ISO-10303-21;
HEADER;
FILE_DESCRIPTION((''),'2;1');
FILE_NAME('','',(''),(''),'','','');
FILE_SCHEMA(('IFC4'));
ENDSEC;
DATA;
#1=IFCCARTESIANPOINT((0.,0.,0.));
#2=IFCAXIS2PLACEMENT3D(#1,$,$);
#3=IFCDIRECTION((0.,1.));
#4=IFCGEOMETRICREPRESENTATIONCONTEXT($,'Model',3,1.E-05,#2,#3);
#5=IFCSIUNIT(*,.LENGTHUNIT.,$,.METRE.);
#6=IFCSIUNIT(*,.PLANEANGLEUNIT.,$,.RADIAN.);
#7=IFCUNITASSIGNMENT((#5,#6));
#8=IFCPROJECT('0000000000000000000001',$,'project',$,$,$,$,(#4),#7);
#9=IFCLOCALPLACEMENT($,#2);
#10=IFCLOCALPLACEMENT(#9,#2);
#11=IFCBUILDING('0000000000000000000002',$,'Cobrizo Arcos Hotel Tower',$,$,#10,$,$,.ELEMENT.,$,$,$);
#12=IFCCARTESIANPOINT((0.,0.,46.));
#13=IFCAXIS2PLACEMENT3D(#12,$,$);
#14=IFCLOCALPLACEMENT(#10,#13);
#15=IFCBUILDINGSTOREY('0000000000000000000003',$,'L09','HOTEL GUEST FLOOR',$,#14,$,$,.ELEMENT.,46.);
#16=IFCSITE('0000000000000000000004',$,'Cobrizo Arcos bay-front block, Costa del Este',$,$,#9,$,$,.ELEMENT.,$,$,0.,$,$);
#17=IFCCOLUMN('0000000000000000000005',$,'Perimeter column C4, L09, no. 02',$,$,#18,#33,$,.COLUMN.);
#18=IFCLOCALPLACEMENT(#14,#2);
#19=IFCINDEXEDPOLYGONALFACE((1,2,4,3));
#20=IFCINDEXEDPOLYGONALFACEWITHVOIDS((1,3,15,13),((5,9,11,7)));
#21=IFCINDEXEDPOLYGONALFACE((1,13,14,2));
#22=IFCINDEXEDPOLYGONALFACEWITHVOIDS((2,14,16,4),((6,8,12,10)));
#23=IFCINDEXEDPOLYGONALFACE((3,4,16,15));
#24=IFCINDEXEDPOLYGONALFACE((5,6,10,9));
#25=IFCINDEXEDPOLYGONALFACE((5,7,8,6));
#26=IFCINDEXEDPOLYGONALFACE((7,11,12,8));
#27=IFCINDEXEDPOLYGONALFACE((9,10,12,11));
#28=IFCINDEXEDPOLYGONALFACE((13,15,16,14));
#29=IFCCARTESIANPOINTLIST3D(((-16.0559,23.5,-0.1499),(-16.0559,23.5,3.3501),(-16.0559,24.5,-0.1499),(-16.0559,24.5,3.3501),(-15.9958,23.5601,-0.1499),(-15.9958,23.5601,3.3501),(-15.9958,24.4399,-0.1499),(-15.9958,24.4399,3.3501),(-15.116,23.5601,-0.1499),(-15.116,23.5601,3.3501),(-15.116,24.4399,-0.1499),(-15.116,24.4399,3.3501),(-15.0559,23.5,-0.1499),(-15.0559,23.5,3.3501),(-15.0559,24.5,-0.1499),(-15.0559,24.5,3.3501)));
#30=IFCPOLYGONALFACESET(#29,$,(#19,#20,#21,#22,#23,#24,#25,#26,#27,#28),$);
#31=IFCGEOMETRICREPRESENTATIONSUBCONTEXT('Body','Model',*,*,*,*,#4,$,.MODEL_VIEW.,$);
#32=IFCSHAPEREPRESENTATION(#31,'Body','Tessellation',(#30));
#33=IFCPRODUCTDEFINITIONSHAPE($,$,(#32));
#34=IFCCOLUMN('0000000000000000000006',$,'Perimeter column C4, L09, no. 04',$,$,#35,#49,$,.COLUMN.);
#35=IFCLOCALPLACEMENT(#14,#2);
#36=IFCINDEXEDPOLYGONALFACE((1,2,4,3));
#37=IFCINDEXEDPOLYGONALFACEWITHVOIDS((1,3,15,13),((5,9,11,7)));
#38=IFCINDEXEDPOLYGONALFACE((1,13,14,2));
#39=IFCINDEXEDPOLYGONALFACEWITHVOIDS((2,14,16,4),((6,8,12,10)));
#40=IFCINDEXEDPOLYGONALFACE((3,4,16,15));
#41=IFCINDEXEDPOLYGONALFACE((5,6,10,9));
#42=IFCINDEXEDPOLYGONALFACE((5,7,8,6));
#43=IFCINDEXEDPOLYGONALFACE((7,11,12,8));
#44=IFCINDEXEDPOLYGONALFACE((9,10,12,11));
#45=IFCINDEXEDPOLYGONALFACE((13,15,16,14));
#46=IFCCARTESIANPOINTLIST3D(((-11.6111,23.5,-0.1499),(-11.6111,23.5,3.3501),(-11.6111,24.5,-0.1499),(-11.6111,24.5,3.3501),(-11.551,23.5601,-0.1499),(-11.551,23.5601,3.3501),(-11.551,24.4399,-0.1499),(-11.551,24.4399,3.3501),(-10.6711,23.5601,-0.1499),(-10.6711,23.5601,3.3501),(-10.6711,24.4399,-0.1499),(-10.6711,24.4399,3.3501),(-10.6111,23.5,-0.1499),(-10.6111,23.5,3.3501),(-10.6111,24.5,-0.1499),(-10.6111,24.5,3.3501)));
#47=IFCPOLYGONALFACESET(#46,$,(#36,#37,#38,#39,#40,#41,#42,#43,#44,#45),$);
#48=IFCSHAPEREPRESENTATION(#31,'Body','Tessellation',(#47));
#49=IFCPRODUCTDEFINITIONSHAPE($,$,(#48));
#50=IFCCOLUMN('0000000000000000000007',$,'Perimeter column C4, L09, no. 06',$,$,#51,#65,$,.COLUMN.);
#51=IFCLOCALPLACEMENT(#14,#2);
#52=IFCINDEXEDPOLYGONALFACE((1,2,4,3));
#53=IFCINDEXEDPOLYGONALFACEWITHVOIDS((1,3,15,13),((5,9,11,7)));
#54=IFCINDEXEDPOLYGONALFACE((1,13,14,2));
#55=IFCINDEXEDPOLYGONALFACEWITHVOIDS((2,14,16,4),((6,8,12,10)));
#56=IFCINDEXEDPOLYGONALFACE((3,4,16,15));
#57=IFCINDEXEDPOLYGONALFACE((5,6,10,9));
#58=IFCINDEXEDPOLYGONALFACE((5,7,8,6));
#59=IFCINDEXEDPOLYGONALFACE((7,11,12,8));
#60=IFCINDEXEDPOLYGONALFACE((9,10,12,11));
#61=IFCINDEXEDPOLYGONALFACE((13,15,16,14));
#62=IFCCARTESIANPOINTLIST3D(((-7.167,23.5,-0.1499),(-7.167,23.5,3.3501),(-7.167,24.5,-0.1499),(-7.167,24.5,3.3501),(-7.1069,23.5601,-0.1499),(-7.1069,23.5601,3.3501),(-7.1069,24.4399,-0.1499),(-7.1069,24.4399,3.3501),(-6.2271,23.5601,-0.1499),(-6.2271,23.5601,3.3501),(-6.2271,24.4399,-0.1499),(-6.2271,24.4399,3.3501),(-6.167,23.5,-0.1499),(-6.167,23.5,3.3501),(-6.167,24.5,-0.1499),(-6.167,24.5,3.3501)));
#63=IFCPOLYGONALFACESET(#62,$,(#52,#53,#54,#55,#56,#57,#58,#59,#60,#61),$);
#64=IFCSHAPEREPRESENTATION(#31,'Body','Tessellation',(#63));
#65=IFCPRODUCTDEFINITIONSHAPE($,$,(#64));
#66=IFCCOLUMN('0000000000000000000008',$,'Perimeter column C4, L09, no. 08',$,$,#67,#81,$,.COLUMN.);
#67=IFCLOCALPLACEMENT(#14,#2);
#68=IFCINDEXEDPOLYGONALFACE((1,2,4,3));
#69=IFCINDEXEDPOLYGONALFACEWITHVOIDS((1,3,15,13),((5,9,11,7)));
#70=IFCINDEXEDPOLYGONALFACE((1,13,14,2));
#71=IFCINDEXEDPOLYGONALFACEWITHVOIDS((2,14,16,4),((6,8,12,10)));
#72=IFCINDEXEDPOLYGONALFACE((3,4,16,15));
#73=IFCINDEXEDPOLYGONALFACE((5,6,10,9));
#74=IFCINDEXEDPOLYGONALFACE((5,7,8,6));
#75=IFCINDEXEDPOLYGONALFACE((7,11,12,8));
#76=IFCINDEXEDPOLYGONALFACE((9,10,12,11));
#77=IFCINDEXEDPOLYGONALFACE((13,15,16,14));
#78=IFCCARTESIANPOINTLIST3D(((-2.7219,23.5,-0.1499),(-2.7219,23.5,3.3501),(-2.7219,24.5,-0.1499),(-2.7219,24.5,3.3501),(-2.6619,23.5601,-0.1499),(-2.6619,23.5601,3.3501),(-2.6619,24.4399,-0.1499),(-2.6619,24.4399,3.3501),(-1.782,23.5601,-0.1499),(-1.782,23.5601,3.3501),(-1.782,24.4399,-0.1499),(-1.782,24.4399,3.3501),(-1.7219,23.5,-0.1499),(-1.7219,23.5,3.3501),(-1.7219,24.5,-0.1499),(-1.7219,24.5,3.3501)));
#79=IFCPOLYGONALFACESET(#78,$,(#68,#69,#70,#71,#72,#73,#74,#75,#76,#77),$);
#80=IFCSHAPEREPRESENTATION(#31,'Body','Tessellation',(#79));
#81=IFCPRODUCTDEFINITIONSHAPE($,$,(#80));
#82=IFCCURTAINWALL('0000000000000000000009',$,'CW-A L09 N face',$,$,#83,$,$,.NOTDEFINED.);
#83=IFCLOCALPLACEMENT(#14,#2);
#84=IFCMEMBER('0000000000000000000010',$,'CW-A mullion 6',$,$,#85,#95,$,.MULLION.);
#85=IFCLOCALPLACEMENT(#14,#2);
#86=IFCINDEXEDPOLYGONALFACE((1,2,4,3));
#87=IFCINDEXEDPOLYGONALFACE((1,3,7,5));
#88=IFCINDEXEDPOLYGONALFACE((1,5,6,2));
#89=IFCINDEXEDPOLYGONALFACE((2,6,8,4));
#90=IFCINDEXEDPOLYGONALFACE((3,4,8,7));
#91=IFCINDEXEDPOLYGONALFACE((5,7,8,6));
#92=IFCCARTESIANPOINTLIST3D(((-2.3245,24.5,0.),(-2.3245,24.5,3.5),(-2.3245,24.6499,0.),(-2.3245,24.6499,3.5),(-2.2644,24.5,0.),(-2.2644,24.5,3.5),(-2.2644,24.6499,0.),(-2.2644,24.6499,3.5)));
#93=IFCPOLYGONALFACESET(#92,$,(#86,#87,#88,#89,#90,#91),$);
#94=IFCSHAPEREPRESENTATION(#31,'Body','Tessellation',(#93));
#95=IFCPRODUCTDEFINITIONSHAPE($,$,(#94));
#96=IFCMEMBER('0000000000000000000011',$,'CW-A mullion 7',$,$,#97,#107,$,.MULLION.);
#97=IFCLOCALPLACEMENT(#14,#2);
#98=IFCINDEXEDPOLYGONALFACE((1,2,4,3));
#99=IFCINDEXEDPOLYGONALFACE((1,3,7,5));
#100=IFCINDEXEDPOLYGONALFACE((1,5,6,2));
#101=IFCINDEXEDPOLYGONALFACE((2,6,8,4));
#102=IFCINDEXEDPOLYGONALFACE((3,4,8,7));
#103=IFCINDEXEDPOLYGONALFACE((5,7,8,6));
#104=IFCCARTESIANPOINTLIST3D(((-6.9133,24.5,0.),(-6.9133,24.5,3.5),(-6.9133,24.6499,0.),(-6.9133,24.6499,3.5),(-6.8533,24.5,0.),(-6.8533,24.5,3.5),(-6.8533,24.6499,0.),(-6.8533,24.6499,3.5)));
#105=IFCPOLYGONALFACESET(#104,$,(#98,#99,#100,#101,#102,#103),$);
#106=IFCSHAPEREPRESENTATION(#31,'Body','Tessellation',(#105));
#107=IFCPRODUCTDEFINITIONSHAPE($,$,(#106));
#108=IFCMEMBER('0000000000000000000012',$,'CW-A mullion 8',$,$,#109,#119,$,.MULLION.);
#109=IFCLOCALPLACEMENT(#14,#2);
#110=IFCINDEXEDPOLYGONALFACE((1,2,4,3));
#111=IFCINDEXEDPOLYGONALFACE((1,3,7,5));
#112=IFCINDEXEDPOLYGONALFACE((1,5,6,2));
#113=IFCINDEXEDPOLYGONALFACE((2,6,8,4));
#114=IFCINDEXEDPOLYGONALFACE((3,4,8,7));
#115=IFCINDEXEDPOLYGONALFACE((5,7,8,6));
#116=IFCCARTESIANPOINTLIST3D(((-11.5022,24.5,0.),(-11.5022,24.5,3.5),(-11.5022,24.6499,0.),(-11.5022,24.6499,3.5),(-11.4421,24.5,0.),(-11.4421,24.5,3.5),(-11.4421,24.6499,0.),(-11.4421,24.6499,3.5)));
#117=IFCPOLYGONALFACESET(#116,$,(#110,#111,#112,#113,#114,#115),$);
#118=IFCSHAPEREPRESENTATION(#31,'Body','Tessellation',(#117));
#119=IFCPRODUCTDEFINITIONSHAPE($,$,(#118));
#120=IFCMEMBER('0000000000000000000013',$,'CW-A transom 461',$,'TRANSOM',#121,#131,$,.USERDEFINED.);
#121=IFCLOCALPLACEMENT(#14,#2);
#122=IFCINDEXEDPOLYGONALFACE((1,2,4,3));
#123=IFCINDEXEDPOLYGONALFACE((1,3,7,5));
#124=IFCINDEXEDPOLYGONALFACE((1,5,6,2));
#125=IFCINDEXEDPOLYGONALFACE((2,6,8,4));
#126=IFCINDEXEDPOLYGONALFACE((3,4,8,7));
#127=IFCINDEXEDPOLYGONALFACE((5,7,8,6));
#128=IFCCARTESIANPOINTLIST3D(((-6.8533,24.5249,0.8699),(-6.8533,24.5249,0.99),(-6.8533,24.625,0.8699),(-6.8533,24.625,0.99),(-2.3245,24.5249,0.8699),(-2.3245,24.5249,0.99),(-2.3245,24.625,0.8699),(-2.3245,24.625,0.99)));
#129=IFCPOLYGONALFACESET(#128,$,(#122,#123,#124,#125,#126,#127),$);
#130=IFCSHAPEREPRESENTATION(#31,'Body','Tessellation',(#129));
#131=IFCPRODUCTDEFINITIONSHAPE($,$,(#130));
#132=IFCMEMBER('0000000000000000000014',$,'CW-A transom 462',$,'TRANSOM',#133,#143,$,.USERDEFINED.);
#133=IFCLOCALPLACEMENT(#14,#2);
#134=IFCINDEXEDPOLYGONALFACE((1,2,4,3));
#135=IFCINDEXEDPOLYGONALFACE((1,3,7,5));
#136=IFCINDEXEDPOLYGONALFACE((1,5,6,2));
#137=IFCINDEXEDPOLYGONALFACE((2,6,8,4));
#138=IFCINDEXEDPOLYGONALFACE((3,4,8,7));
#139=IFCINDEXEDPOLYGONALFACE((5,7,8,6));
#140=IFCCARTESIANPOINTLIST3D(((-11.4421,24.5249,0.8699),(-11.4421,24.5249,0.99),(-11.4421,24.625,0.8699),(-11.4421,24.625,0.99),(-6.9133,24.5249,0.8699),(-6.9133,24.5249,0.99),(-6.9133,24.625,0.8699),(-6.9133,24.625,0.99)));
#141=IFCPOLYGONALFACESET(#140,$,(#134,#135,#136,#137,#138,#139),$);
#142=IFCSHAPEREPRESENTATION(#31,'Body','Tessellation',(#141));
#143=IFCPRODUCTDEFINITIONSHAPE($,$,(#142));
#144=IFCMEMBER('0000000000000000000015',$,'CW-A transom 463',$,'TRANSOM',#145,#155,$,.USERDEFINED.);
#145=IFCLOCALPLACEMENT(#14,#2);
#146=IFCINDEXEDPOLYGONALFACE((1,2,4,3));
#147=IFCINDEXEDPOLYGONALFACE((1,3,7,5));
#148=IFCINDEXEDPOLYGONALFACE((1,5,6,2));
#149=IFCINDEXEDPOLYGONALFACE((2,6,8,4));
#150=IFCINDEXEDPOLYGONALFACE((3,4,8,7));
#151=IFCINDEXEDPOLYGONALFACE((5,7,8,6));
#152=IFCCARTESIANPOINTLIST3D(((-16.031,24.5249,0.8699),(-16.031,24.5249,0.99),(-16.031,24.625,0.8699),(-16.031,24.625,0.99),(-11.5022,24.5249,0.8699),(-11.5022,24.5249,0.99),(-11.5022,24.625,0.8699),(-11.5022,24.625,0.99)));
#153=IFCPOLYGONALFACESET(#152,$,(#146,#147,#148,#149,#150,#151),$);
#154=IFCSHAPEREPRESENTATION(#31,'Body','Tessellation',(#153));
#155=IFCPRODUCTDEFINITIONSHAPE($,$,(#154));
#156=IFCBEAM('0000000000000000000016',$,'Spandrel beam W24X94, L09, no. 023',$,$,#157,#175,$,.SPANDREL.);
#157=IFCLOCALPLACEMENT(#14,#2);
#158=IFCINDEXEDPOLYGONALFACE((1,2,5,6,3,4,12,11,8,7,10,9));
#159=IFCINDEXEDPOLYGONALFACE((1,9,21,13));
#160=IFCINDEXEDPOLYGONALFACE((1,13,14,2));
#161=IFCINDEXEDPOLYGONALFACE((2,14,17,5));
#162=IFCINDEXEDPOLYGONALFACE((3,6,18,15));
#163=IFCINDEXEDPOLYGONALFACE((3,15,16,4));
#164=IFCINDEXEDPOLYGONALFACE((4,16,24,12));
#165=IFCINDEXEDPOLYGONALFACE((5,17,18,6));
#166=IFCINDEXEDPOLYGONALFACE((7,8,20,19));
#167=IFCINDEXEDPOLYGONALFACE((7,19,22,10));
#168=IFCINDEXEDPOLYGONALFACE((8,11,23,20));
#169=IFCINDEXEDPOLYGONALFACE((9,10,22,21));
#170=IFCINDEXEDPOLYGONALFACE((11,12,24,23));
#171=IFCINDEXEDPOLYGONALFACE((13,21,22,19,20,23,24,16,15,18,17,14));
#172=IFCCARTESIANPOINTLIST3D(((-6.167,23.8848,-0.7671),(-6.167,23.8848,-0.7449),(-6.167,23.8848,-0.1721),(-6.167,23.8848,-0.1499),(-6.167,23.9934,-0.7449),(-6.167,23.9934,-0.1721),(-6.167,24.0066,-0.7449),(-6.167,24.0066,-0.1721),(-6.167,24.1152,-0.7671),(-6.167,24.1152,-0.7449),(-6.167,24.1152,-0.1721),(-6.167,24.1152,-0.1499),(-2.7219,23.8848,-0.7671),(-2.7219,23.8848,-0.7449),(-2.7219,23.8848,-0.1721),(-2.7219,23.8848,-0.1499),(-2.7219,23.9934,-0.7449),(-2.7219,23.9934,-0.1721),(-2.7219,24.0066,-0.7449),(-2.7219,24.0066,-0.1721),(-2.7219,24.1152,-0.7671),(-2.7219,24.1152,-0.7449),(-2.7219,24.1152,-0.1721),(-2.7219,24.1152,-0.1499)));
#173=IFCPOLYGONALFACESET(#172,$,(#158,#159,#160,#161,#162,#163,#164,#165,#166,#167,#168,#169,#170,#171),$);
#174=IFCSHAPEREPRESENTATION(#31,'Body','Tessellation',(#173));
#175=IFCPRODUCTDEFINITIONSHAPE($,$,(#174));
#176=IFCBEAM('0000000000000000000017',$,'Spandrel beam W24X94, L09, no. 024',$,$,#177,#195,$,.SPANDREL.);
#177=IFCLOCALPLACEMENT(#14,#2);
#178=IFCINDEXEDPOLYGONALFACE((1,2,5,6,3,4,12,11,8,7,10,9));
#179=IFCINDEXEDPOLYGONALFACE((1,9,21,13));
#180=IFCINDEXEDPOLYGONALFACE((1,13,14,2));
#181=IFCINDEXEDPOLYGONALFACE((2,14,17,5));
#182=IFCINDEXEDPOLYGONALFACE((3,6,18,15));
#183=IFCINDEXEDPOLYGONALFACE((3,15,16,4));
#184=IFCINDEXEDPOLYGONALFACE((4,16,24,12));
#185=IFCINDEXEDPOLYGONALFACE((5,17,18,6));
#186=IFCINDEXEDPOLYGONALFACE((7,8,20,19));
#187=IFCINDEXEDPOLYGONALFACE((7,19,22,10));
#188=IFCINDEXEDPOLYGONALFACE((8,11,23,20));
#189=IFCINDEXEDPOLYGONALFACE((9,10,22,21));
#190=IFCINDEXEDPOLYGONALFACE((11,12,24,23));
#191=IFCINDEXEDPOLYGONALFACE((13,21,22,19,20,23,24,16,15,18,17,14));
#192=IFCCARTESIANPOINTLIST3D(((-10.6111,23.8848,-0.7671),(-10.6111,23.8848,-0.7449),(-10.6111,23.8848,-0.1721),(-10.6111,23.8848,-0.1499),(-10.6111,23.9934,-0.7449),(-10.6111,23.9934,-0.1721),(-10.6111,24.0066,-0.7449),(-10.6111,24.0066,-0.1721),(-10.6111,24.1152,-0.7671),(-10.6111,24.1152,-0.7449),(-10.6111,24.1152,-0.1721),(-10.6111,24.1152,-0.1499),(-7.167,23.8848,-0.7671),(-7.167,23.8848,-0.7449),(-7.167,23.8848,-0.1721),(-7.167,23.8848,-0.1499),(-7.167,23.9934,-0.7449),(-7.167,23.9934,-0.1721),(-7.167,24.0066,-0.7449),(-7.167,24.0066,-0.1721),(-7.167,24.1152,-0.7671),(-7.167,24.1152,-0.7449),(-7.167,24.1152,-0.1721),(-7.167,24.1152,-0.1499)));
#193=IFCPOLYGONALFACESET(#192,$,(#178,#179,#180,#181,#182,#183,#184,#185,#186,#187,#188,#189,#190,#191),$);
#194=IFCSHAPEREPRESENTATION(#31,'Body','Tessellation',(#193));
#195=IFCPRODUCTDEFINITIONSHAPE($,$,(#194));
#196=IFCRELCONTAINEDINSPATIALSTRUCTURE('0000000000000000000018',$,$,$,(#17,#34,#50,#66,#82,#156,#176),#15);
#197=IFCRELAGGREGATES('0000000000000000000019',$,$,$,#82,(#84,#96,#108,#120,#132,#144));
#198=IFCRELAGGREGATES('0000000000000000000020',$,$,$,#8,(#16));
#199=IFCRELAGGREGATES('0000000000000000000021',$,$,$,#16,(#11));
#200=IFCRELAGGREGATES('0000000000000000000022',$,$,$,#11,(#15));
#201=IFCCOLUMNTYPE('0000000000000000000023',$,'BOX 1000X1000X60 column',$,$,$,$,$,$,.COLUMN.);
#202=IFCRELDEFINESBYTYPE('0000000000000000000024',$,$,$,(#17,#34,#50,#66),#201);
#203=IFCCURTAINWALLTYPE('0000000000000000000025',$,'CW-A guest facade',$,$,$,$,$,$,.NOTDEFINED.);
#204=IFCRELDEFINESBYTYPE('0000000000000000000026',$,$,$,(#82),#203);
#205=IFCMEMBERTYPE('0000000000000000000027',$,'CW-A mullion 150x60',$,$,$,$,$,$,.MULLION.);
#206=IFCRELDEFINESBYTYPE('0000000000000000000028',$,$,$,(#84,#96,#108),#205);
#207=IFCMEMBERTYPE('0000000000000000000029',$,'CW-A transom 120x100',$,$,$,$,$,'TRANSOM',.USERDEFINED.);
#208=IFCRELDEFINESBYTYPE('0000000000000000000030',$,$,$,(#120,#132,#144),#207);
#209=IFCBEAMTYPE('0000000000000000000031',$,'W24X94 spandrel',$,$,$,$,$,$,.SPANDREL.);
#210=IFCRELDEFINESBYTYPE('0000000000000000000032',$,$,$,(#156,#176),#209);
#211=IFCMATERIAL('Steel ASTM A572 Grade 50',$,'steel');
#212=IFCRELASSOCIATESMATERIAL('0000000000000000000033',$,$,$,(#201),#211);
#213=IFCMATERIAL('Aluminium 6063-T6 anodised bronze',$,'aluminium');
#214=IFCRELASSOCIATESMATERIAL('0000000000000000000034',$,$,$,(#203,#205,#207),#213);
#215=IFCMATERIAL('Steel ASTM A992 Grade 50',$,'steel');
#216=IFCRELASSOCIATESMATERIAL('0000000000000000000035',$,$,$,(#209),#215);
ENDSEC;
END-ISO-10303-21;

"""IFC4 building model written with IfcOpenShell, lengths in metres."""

from ifc_helpers import new_model, si_unit, direction, frame, origin, origin_2d, place, context, subcontext, project, spatial, rectangle, hollow_rectangle, i_section, extrude, material, material_profile, profile_set, type_object, element, aggregate, save


model = new_model("IFC4")

# Units and contexts
model_context = context("Model", 3, precision=1e-05, world=origin(), true_north=direction((0.0, 1.0)))
body_context = subcontext(model_context, "Body", "Model", "MODEL_VIEW")
ifc_project = project(units=[si_unit("LENGTHUNIT", "METRE"), si_unit("PLANEANGLEUNIT", "RADIAN")], contexts=[model_context])

# Site, building, storey
site_placement = place(None, origin())
site = spatial("IfcSite", under=ifc_project, at=site_placement, Name="Cobrizo Arcos bay-front block, Costa del Este", CompositionType="ELEMENT", RefElevation=0.0)
building_placement = place(site_placement, origin())
building = spatial("IfcBuilding", under=site, at=building_placement, Name="Cobrizo Arcos Hotel Tower", CompositionType="ELEMENT")
storey_placement = place(building_placement, frame((0.0, 0.0, 46.0)))
storey = spatial("IfcBuildingStorey", under=building, at=storey_placement, Name="L09", Description="HOTEL GUEST FLOOR", CompositionType="ELEMENT", Elevation=46.0)

# Columns
ifc_material_1 = material(Name="Steel ASTM A572 Grade 50", Category="steel")
ifc_material_profile_1 = material_profile(ifc_material_1, hollow_rectangle(XDim=1.0, YDim=1.0, WallThickness=0.0601, at=origin_2d()), Name="BOX 1000X1000X60")
ifc_profile_set_1 = profile_set([ifc_material_profile_1], Name="Steel ASTM A572 Grade 50")
column_type = type_object("IfcColumnType", Name="BOX 1000X1000X60 column", PredefinedType="COLUMN", material=ifc_profile_set_1)
for number, where, z_axis, x_axis, name in (
    (1, (-15.5559, 24.0, -0.1499), (0.0, 0.0, 1.0), (1.0, 0.0, 0.0), "Perimeter column C4, L09, no. 02"),
    (2, (-11.1111, 24.0, -0.1499), (0.0, 0.0, 1.0), (1.0, 0.0, 0.0), "Perimeter column C4, L09, no. 04"),
    (3, (-6.667, 24.0, -0.1499), (0.0, 0.0, 1.0), (1.0, 0.0, 0.0), "Perimeter column C4, L09, no. 06"),
    (4, (-2.2219, 24.0, -0.1499), (0.0, 0.0, 1.0), (1.0, 0.0, 0.0), "Perimeter column C4, L09, no. 08"),
):
    element("IfcColumn", number, at=place(storey_placement, frame(where, z_axis=z_axis, x_axis=x_axis)), inside=storey, type_object=column_type, Name=name, PredefinedType="COLUMN", context=body_context, shape_type="SweptSolid", body=[
        extrude(hollow_rectangle(XDim=1.0, YDim=1.0, WallThickness=0.0601, at=origin_2d()), origin(), (0.0, 0.0, 1.0), 3.5),
    ])

# Curtain wall, members
ifc_material_2 = material(Name="Aluminium 6063-T6 anodised bronze", Category="aluminium")
curtain_wall_type = type_object("IfcCurtainWallType", Name="CW-A guest facade", PredefinedType="NOTDEFINED", material=ifc_material_2)
curtain_wall_placement = place(storey_placement, origin())
curtain_wall = element("IfcCurtainWall", 5, at=curtain_wall_placement, inside=storey, type_object=curtain_wall_type, Name="CW-A L09 N face", PredefinedType="NOTDEFINED")
ifc_material_profile_2 = material_profile(ifc_material_2, rectangle(XDim=0.1499, YDim=0.0601, at=origin_2d()), Name="CW-A mullion 150x60")
ifc_profile_set_2 = profile_set([ifc_material_profile_2], Name="Aluminium 6063-T6 anodised bronze")
member_type_1 = type_object("IfcMemberType", Name="CW-A mullion 150x60", PredefinedType="MULLION", material=ifc_profile_set_2)
member_1_placement = place(storey_placement, frame((-2.2944, 24.575, 0.0), z_axis=(0.0, 0.0, 1.0), x_axis=(0.0, 1.0, 0.0)))
member_1 = element("IfcMember", 6, at=member_1_placement, type_object=member_type_1, Name="CW-A mullion 6", PredefinedType="MULLION", context=body_context, shape_type="SweptSolid", body=[
    extrude(rectangle(XDim=0.1499, YDim=0.0601, at=origin_2d()), origin(), (0.0, 0.0, 1.0), 3.5),
])
member_2_placement = place(storey_placement, frame((-6.8833, 24.575, 0.0), z_axis=(0.0, 0.0, 1.0), x_axis=(0.0, 1.0, 0.0)))
member_2 = element("IfcMember", 7, at=member_2_placement, type_object=member_type_1, Name="CW-A mullion 7", PredefinedType="MULLION", context=body_context, shape_type="SweptSolid", body=[
    extrude(rectangle(XDim=0.1499, YDim=0.0601, at=origin_2d()), origin(), (0.0, 0.0, 1.0), 3.5),
])
member_3_placement = place(storey_placement, frame((-11.4722, 24.575, 0.0), z_axis=(0.0, 0.0, 1.0), x_axis=(0.0, 1.0, 0.0)))
member_3 = element("IfcMember", 8, at=member_3_placement, type_object=member_type_1, Name="CW-A mullion 8", PredefinedType="MULLION", context=body_context, shape_type="SweptSolid", body=[
    extrude(rectangle(XDim=0.1499, YDim=0.0601, at=origin_2d()), origin(), (0.0, 0.0, 1.0), 3.5),
])
ifc_material_profile_3 = material_profile(ifc_material_2, rectangle(XDim=0.1001, YDim=0.1201, at=origin_2d()), Name="CW-A transom 120x100")
ifc_profile_set_3 = profile_set([ifc_material_profile_3], Name="Aluminium 6063-T6 anodised bronze")
member_type_2 = type_object("IfcMemberType", Name="CW-A transom 120x100", ElementType="TRANSOM", PredefinedType="USERDEFINED", material=ifc_profile_set_3)
member_4_placement = place(storey_placement, frame((-2.3245, 24.575, 0.9299), z_axis=(-1.0, 0.0, 0.0), x_axis=(0.0, -1.0, 0.0)))
member_4 = element("IfcMember", 9, at=member_4_placement, type_object=member_type_2, Name="CW-A transom 461", ObjectType="TRANSOM", PredefinedType="USERDEFINED", context=body_context, shape_type="SweptSolid", body=[
    extrude(rectangle(XDim=0.1001, YDim=0.1201, at=origin_2d()), origin(), (0.0, 0.0, 1.0), 4.5288),
])
member_5_placement = place(storey_placement, frame((-6.9133, 24.575, 0.9299), z_axis=(-1.0, 0.0, 0.0), x_axis=(0.0, -1.0, 0.0)))
member_5 = element("IfcMember", 10, at=member_5_placement, type_object=member_type_2, Name="CW-A transom 462", ObjectType="TRANSOM", PredefinedType="USERDEFINED", context=body_context, shape_type="SweptSolid", body=[
    extrude(rectangle(XDim=0.1001, YDim=0.1201, at=origin_2d()), origin(), (0.0, 0.0, 1.0), 4.5288),
])
member_6_placement = place(storey_placement, frame((-11.5022, 24.575, 0.9299), z_axis=(-1.0, 0.0, 0.0), x_axis=(0.0, -1.0, 0.0)))
member_6 = element("IfcMember", 11, at=member_6_placement, type_object=member_type_2, Name="CW-A transom 463", ObjectType="TRANSOM", PredefinedType="USERDEFINED", context=body_context, shape_type="SweptSolid", body=[
    extrude(rectangle(XDim=0.1001, YDim=0.1201, at=origin_2d()), origin(), (0.0, 0.0, 1.0), 4.5288),
])

# Beams
ifc_material_3 = material(Name="Steel ASTM A992 Grade 50", Category="steel")
ifc_material_profile_4 = material_profile(ifc_material_3, i_section(OverallWidth=0.2305, OverallDepth=0.6172, WebThickness=0.0132, FlangeThickness=0.0222, at=origin_2d()), Name="W24X94")
ifc_profile_set_4 = profile_set([ifc_material_profile_4], Name="Steel ASTM A992 Grade 50")
beam_type = type_object("IfcBeamType", Name="W24X94 spandrel", PredefinedType="SPANDREL", material=ifc_profile_set_4)
beam_1_placement = place(storey_placement, frame((-2.7219, 24.0, -0.4585), z_axis=(-1.0, 0.0, 0.0), x_axis=(0.0, -1.0, 0.0)))
element("IfcBeam", 12, at=beam_1_placement, inside=storey, type_object=beam_type, Name="Spandrel beam W24X94, L09, no. 023", PredefinedType="SPANDREL", context=body_context, shape_type="SweptSolid", body=[
    extrude(i_section(OverallWidth=0.2305, OverallDepth=0.6172, WebThickness=0.0132, FlangeThickness=0.0222, at=origin_2d()), origin(), (0.0, 0.0, 1.0), 3.4451),
])
beam_2_placement = place(storey_placement, frame((-7.167, 24.0, -0.4585), z_axis=(-1.0, 0.0, 0.0), x_axis=(0.0, -1.0, 0.0)))
element("IfcBeam", 13, at=beam_2_placement, inside=storey, type_object=beam_type, Name="Spandrel beam W24X94, L09, no. 024", PredefinedType="SPANDREL", context=body_context, shape_type="SweptSolid", body=[
    extrude(i_section(OverallWidth=0.2305, OverallDepth=0.6172, WebThickness=0.0132, FlangeThickness=0.0222, at=origin_2d()), origin(), (0.0, 0.0, 1.0), 3.4441),
])

aggregate(curtain_wall, [member_1, member_2, member_3, member_4, member_5, member_6])

save(model, "model.ifc")
